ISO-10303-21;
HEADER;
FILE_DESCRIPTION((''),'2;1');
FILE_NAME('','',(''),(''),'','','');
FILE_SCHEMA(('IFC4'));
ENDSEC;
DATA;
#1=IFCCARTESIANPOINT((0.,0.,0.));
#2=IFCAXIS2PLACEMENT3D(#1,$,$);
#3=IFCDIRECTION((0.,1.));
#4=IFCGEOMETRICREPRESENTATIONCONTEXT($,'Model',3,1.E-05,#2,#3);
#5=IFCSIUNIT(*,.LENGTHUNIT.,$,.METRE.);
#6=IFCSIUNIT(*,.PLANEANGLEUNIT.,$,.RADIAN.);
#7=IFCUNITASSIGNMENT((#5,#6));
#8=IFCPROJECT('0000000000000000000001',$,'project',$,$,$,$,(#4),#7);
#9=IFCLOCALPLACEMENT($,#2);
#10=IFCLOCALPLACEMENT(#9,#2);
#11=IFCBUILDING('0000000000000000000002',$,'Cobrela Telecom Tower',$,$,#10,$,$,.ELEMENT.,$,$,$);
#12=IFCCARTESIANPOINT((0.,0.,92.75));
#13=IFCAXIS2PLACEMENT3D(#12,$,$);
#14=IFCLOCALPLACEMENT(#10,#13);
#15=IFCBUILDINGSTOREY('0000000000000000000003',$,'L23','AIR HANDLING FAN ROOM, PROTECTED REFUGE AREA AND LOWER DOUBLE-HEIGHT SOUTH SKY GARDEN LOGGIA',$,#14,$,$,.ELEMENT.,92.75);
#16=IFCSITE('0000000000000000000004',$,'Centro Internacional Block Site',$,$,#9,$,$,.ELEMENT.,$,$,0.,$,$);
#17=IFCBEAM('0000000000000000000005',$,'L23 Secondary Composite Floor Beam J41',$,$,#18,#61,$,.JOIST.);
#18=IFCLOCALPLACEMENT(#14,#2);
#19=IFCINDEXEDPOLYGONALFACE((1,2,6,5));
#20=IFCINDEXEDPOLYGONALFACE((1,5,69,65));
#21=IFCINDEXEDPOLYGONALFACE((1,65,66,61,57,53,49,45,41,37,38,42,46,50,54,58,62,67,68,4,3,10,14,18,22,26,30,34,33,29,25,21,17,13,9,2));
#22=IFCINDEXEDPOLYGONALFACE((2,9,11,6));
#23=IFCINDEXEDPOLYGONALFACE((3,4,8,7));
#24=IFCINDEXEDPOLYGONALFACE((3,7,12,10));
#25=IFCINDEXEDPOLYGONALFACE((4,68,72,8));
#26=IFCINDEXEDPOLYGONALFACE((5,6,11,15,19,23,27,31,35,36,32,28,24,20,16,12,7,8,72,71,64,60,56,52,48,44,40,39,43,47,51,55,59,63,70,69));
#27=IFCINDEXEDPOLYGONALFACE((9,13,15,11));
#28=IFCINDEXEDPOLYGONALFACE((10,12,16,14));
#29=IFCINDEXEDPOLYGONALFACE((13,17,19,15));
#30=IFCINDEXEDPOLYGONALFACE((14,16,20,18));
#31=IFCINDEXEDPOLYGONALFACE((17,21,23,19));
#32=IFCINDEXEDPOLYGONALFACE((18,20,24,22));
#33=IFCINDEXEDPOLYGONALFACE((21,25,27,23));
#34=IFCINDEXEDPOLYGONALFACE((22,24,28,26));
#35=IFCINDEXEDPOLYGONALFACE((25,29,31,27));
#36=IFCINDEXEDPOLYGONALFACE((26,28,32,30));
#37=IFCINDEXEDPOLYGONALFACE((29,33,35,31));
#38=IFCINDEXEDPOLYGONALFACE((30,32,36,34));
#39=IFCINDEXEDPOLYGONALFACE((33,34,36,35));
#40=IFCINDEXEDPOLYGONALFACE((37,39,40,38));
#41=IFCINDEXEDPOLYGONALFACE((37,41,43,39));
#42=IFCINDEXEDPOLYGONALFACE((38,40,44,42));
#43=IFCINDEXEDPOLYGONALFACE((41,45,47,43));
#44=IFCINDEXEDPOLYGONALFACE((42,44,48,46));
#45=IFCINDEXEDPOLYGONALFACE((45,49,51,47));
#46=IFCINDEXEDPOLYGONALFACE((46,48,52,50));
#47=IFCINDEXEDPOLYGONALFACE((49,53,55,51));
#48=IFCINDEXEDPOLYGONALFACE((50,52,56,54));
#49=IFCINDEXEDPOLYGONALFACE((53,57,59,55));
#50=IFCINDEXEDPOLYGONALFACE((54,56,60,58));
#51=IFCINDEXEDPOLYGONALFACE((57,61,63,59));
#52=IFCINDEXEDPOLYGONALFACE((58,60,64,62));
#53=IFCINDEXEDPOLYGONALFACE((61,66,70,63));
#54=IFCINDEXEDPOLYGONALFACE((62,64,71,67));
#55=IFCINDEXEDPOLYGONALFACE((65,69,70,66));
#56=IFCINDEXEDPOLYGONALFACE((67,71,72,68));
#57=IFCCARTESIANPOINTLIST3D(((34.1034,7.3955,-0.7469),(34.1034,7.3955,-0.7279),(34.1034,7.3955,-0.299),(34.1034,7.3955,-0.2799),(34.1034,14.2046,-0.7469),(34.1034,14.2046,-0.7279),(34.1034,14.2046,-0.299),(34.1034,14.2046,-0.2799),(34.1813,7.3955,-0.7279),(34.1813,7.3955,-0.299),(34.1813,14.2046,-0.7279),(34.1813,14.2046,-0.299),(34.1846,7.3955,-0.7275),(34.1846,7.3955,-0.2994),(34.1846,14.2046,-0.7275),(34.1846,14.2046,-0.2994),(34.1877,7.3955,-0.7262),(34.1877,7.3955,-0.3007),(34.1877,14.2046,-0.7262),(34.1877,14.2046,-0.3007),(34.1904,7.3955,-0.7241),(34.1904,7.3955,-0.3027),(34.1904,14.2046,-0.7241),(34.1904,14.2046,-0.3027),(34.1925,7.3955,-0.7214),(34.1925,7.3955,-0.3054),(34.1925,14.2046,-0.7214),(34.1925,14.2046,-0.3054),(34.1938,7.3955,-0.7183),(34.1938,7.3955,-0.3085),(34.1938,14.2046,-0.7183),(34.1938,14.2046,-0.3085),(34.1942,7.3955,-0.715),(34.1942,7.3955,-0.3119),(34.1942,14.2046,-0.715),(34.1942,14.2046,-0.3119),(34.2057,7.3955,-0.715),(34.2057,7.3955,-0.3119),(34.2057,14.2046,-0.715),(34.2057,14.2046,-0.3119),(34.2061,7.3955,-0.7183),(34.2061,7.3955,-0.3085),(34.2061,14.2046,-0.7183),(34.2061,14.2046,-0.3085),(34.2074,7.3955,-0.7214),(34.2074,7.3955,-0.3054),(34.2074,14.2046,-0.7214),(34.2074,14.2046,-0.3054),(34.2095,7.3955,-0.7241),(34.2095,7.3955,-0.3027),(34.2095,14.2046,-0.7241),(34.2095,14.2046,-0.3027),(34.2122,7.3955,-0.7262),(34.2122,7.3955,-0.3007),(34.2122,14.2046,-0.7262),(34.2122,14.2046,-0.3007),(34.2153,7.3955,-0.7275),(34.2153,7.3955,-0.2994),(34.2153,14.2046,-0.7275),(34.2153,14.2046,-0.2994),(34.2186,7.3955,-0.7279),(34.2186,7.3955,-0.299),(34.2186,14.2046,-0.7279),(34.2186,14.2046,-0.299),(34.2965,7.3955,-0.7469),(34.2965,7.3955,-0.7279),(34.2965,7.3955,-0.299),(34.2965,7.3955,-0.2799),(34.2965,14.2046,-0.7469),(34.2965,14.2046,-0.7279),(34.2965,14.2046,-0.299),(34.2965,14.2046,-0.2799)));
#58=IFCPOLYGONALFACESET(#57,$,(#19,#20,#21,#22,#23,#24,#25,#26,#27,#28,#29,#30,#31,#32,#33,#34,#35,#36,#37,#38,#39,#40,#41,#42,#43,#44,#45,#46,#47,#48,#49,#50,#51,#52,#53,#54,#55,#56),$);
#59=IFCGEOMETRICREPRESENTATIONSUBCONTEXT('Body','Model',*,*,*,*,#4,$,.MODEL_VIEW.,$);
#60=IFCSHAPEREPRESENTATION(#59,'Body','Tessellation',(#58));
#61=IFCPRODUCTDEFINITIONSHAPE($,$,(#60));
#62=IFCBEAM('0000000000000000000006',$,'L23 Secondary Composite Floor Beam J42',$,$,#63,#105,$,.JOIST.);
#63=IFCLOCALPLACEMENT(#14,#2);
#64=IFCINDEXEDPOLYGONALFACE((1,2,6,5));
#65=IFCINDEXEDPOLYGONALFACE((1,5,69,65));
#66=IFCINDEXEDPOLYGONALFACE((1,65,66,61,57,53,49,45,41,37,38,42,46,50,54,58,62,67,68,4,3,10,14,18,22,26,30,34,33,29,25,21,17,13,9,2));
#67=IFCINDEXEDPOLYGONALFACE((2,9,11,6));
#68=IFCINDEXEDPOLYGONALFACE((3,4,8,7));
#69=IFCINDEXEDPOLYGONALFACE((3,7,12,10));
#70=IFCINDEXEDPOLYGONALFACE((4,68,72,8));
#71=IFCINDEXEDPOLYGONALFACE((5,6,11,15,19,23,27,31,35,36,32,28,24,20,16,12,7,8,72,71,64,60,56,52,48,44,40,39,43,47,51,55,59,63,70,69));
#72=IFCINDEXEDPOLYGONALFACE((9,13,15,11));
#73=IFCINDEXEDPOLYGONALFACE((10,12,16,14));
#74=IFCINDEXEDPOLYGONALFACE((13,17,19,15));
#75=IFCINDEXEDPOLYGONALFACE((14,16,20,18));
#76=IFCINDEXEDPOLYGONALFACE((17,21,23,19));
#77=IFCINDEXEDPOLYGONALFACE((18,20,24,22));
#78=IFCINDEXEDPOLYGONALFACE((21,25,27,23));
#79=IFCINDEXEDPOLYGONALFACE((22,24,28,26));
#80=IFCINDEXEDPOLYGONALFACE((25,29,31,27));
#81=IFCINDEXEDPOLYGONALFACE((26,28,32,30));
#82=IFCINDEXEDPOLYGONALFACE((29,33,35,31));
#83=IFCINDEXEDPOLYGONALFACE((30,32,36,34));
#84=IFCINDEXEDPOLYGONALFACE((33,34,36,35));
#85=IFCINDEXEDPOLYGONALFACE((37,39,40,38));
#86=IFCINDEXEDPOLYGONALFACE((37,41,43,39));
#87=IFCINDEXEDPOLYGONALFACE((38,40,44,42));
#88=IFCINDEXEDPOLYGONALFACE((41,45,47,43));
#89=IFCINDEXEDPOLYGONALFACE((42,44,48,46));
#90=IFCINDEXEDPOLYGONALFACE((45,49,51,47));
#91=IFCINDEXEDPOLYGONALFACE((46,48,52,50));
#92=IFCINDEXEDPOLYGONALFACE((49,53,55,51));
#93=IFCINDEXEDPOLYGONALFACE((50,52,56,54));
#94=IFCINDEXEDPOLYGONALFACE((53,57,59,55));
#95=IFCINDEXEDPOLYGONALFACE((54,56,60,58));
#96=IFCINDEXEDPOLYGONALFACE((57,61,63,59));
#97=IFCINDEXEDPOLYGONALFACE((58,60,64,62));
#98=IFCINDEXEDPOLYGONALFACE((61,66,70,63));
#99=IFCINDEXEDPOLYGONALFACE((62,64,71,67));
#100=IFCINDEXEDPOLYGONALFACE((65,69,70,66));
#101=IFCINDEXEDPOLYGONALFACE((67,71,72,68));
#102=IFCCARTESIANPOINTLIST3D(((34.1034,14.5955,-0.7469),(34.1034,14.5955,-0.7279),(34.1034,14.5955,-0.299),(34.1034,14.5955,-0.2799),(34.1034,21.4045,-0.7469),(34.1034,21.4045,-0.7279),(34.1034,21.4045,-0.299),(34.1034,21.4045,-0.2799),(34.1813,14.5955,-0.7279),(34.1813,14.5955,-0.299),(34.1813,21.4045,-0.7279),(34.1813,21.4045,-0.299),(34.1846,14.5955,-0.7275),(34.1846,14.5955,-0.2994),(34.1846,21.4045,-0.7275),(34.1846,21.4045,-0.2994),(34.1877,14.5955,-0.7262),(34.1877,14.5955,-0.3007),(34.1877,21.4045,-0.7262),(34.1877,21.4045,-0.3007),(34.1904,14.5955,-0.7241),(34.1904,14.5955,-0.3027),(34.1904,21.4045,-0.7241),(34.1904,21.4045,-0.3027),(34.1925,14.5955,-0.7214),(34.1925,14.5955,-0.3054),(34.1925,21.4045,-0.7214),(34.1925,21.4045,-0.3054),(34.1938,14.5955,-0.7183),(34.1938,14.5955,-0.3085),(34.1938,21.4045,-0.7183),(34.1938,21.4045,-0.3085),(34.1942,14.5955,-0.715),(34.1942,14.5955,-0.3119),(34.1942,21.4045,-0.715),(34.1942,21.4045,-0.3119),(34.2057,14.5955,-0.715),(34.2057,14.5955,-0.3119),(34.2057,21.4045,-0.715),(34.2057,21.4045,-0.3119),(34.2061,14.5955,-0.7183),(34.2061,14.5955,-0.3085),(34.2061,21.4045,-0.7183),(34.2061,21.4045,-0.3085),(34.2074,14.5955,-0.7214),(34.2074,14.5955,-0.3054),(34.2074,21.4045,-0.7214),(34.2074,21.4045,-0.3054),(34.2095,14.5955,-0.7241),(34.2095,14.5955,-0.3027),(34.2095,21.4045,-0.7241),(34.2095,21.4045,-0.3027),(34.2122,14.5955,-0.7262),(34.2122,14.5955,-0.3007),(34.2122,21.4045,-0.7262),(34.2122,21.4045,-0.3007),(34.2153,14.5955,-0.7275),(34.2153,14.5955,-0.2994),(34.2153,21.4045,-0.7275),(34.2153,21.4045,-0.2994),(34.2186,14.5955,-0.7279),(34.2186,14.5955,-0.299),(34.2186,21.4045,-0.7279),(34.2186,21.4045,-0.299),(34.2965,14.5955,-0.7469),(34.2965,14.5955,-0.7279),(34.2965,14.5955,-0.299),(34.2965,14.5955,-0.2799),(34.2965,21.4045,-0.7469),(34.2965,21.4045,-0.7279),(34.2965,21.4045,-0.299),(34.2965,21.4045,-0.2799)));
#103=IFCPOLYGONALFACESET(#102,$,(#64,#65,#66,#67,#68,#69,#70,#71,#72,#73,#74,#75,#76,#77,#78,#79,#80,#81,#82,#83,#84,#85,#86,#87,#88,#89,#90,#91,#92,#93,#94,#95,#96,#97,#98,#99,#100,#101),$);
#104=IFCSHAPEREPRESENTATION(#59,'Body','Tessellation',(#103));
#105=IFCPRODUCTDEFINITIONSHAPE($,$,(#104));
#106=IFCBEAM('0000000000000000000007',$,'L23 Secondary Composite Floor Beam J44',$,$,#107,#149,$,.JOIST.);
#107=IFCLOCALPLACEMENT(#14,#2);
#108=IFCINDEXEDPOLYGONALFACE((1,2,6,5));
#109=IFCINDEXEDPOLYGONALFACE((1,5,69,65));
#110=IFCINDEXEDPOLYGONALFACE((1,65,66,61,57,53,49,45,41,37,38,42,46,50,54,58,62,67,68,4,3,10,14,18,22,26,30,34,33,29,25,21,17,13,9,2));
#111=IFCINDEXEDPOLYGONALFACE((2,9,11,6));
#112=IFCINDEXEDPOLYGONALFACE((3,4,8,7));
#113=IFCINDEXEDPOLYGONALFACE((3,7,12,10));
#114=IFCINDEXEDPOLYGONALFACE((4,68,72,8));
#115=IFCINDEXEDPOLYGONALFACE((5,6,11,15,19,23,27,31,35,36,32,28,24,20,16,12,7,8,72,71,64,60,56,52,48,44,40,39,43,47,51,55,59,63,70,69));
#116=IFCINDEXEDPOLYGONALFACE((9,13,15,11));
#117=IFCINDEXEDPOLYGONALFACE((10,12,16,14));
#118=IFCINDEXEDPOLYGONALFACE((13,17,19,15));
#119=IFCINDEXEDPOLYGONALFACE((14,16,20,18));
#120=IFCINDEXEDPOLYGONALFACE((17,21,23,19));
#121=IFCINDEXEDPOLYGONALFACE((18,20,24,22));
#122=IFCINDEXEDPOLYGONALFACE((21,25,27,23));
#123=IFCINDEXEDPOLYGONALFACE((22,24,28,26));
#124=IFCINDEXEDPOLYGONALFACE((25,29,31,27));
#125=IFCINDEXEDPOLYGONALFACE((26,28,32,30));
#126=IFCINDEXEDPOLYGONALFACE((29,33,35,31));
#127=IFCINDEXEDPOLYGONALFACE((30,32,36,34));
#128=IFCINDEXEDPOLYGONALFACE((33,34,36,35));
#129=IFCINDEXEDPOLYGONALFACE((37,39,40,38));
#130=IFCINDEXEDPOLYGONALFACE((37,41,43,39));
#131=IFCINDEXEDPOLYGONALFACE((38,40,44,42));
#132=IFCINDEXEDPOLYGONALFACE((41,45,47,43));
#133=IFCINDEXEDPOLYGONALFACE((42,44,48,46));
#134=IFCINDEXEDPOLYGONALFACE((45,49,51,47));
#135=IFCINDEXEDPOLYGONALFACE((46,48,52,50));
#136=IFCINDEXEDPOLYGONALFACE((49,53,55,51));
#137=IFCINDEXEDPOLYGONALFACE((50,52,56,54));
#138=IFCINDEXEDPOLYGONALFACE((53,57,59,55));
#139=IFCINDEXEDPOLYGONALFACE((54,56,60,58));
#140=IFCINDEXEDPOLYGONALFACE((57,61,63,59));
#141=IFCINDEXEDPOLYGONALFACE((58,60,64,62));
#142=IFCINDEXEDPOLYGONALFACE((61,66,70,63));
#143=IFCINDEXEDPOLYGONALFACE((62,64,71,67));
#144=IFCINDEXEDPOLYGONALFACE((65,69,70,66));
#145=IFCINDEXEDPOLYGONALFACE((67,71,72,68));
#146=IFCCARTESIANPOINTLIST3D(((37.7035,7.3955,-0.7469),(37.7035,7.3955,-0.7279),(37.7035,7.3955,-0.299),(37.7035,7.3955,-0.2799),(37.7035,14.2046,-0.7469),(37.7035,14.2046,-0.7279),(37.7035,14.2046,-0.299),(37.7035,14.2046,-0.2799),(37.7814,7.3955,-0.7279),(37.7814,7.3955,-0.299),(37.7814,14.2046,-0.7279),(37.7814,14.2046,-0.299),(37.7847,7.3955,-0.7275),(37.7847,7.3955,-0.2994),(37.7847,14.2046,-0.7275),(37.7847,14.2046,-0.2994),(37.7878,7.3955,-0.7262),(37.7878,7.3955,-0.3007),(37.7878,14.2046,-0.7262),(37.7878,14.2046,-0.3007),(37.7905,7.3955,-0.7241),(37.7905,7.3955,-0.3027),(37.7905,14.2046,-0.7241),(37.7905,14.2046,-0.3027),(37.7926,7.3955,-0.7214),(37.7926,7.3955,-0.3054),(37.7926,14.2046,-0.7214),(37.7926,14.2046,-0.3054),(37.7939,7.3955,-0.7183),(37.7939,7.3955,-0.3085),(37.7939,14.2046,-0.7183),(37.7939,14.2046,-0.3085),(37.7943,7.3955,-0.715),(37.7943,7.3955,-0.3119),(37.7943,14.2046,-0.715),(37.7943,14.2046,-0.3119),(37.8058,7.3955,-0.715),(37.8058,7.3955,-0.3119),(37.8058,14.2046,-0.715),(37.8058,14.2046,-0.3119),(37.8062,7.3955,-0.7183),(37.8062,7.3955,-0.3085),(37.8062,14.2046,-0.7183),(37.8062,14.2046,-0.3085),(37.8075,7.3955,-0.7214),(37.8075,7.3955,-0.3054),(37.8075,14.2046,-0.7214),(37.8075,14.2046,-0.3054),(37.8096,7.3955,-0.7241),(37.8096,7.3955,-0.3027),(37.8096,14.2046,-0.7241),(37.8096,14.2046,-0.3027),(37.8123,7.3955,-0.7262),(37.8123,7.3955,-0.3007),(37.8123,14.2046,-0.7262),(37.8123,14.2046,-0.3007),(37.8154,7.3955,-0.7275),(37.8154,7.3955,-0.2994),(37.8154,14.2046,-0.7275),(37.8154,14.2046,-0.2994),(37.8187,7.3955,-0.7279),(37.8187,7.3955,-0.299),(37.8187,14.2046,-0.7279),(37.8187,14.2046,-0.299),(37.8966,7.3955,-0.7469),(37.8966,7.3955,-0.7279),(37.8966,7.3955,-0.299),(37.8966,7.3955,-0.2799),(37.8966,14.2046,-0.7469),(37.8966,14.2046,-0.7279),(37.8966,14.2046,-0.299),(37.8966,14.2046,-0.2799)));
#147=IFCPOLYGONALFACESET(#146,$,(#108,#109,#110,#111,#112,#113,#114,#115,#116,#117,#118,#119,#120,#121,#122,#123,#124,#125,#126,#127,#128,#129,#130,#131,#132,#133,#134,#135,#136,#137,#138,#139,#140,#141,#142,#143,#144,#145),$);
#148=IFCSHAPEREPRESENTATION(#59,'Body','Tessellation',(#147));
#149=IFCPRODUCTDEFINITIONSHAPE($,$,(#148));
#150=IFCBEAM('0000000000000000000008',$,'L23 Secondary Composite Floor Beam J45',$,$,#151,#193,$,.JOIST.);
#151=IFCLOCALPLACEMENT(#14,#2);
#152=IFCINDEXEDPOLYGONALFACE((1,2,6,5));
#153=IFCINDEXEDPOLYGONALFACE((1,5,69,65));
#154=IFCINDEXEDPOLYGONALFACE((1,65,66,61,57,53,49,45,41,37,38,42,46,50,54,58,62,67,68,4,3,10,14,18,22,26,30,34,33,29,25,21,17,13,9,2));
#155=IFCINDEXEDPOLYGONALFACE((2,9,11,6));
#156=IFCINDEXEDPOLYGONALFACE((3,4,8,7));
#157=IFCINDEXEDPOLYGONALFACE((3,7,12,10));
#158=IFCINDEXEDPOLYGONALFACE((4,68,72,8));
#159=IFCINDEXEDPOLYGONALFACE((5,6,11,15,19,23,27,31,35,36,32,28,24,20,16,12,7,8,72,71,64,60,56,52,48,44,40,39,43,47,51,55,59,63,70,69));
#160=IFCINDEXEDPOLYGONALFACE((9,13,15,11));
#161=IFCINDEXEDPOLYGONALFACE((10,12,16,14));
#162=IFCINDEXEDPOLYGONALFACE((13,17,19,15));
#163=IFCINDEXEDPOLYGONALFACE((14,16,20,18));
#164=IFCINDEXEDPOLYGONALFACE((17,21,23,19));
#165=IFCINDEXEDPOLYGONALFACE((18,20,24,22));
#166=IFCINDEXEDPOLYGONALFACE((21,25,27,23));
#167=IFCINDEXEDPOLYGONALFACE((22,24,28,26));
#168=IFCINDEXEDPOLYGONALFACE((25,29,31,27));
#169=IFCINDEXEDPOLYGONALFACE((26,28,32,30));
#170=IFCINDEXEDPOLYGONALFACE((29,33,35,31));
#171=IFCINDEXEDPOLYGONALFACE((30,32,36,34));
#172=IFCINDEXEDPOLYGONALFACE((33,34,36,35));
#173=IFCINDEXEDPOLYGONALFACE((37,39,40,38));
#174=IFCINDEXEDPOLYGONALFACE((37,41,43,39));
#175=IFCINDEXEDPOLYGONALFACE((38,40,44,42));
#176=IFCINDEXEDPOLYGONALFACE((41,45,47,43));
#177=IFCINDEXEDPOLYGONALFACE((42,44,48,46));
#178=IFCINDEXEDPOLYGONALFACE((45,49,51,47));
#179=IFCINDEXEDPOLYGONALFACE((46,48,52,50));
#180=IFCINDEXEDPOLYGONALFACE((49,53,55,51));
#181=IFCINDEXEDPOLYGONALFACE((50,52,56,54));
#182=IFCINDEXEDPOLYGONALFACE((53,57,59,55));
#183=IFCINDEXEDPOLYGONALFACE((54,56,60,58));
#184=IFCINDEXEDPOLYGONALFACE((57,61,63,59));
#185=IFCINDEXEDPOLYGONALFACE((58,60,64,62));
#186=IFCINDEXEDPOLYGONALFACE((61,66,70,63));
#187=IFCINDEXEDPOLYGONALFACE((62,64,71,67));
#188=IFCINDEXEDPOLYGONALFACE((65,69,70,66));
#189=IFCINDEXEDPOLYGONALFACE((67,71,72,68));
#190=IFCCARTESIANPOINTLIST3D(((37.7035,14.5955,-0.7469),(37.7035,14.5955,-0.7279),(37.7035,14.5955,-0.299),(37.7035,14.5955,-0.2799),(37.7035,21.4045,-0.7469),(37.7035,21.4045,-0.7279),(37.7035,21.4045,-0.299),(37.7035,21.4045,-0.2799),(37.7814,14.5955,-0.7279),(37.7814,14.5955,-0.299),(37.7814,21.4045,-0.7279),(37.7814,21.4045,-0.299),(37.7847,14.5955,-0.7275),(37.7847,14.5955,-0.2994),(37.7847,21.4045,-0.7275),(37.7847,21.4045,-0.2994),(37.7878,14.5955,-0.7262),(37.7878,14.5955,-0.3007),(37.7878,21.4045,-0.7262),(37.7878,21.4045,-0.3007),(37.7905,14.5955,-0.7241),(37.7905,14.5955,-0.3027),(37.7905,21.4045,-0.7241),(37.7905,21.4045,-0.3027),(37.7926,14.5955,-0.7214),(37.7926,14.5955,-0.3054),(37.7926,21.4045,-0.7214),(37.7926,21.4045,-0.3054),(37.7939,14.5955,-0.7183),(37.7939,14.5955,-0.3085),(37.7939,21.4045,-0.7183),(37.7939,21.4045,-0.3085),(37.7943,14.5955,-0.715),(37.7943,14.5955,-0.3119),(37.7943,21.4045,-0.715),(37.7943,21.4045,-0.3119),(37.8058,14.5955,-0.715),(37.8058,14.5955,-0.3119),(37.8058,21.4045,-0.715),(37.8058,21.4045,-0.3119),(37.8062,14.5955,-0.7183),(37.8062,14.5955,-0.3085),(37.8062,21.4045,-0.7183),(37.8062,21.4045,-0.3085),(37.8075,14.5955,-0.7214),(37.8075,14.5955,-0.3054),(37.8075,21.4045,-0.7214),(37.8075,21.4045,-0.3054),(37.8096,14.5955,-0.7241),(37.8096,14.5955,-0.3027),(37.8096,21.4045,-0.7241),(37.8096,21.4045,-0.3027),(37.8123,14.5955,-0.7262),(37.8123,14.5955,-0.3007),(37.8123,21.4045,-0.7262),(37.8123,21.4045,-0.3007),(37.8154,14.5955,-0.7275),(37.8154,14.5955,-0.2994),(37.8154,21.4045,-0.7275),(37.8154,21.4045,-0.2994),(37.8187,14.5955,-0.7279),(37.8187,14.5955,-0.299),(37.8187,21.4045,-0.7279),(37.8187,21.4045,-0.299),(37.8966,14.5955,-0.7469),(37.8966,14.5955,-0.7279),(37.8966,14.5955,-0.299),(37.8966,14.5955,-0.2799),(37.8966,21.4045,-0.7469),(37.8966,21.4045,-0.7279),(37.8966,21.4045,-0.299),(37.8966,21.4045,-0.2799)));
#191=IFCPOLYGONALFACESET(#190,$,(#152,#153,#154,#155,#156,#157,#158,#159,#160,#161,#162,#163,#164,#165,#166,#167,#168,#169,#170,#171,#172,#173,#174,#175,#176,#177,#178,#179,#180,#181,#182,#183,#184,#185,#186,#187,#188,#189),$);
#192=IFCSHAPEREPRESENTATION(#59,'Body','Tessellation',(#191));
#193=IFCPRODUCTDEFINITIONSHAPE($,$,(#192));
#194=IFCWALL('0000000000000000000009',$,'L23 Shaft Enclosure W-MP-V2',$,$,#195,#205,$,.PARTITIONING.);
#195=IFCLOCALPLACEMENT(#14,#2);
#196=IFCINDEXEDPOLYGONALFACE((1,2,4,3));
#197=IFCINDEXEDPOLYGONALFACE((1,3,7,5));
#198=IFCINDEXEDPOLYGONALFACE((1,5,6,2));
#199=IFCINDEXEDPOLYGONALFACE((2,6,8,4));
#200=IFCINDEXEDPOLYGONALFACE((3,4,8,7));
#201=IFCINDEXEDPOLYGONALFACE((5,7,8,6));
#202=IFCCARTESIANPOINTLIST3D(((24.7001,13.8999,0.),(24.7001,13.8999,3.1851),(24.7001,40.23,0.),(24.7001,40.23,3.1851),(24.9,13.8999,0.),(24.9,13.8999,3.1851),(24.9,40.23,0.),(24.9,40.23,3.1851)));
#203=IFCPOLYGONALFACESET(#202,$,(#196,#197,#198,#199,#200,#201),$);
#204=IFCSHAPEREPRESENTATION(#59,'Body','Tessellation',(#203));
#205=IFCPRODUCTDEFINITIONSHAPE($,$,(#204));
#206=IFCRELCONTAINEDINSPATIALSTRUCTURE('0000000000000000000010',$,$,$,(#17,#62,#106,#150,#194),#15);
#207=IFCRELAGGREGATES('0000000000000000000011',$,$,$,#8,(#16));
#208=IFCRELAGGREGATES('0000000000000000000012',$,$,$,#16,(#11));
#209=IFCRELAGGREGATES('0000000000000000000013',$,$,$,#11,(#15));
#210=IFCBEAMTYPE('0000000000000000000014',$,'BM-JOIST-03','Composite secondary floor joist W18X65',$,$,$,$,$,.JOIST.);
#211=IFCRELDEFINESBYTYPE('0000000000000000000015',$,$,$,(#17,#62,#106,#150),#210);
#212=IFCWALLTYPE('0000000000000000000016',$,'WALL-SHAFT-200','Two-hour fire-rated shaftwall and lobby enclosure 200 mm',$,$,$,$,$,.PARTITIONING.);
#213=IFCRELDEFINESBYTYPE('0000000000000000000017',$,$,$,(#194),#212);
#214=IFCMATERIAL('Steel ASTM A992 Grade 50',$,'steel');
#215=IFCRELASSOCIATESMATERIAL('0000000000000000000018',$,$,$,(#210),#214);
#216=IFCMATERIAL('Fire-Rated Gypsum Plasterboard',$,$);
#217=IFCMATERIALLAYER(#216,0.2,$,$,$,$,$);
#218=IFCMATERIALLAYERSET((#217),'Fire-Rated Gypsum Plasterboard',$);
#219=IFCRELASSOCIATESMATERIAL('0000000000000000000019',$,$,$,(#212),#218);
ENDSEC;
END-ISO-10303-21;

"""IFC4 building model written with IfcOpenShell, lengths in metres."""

from ifc_helpers import new_model, si_unit, direction, frame, frame_2d, origin, origin_2d, place, context, subcontext, project, spatial, rectangle, i_section, extrude, material, layer, layer_set, material_profile, profile_set, type_object, element, save


model = new_model("IFC4")

# Units and contexts
model_context = context("Model", 3, precision=1e-05, world=origin(), true_north=direction((0.0, 1.0)))
body_context = subcontext(model_context, "Body", "Model", "MODEL_VIEW")
ifc_project = project(units=[si_unit("LENGTHUNIT", "METRE"), si_unit("PLANEANGLEUNIT", "RADIAN")], contexts=[model_context])

# Site, building, storey
site_placement = place(None, origin())
site = spatial("IfcSite", under=ifc_project, at=site_placement, Name="Centro Internacional Block Site", CompositionType="ELEMENT", RefElevation=0.0)
building_placement = place(site_placement, origin())
building = spatial("IfcBuilding", under=site, at=building_placement, Name="Cobrela Telecom Tower", CompositionType="ELEMENT")
storey_placement = place(building_placement, frame((0.0, 0.0, 92.75)))
storey = spatial("IfcBuildingStorey", under=building, at=storey_placement, Name="L23", Description="AIR HANDLING FAN ROOM, PROTECTED REFUGE AREA AND LOWER DOUBLE-HEIGHT SOUTH SKY GARDEN LOGGIA", CompositionType="ELEMENT", Elevation=92.75)

# Shared definitions
ifc_material_1 = material(Name="Steel ASTM A992 Grade 50", Category="steel")

# Beams
ifc_material_profile_1 = material_profile(ifc_material_1, i_section(OverallWidth=0.1931, OverallDepth=0.467, WebThickness=0.0115, FlangeThickness=0.019, FilletRadius=0.0129, at=origin_2d()), Name="W18X65")
ifc_profile_set_1 = profile_set([ifc_material_profile_1], Name="Steel ASTM A992 Grade 50")
beam_type_1 = type_object("IfcBeamType", Name="BM-JOIST-03", Description="Composite secondary floor joist W18X65", PredefinedType="JOIST", material=ifc_profile_set_1)
for number, where, z_axis, x_axis, name in (
    (1, (34.2, 7.3955, -0.5134), (0.0, 1.0, 0.0), (-1.0, 0.0, 0.0), "L23 Secondary Composite Floor Beam J41"),
    (2, (34.2, 14.5955, -0.5134), (0.0, 1.0, 0.0), (-1.0, 0.0, 0.0), "L23 Secondary Composite Floor Beam J42"),
    (3, (37.8, 7.3955, -0.5134), (0.0, 1.0, 0.0), (-1.0, 0.0, 0.0), "L23 Secondary Composite Floor Beam J44"),
    (4, (37.8, 14.5955, -0.5134), (0.0, 1.0, 0.0), (-1.0, 0.0, 0.0), "L23 Secondary Composite Floor Beam J45"),
):
    element("IfcBeam", number, at=place(storey_placement, frame(where, z_axis=z_axis, x_axis=x_axis)), inside=storey, type_object=beam_type_1, Name=name, PredefinedType="JOIST", context=body_context, shape_type="SweptSolid", body=[
        extrude(i_section(OverallWidth=0.1931, OverallDepth=0.467, WebThickness=0.0115, FlangeThickness=0.019, FilletRadius=0.0129, at=origin_2d()), origin(), (0.0, 0.0, 1.0), 6.8091),
    ])

# Wall
ifc_material_2 = material(Name="Fire-Rated Gypsum Plasterboard")
ifc_layer = layer(ifc_material_2, 0.2)
ifc_layer_set = layer_set([ifc_layer], Name="Fire-Rated Gypsum Plasterboard")
wall_type = type_object("IfcWallType", Name="WALL-SHAFT-200", Description="Two-hour fire-rated shaftwall and lobby enclosure 200 mm", PredefinedType="PARTITIONING", material=ifc_layer_set)
wall_placement = place(storey_placement, frame((24.8, 13.8999, 0.0), z_axis=(0.0, 0.0, 1.0), x_axis=(0.0, 1.0, 0.0)))
element("IfcWall", 5, at=wall_placement, inside=storey, type_object=wall_type, Name="L23 Shaft Enclosure W-MP-V2", PredefinedType="PARTITIONING", context=body_context, shape_type="SweptSolid", body=[
    extrude(rectangle(XDim=26.3301, YDim=0.2, at=frame_2d((13.165, 0.0))), origin(), (0.0, 0.0, 1.0), 3.1851),
])

save(model, "model.ifc")
